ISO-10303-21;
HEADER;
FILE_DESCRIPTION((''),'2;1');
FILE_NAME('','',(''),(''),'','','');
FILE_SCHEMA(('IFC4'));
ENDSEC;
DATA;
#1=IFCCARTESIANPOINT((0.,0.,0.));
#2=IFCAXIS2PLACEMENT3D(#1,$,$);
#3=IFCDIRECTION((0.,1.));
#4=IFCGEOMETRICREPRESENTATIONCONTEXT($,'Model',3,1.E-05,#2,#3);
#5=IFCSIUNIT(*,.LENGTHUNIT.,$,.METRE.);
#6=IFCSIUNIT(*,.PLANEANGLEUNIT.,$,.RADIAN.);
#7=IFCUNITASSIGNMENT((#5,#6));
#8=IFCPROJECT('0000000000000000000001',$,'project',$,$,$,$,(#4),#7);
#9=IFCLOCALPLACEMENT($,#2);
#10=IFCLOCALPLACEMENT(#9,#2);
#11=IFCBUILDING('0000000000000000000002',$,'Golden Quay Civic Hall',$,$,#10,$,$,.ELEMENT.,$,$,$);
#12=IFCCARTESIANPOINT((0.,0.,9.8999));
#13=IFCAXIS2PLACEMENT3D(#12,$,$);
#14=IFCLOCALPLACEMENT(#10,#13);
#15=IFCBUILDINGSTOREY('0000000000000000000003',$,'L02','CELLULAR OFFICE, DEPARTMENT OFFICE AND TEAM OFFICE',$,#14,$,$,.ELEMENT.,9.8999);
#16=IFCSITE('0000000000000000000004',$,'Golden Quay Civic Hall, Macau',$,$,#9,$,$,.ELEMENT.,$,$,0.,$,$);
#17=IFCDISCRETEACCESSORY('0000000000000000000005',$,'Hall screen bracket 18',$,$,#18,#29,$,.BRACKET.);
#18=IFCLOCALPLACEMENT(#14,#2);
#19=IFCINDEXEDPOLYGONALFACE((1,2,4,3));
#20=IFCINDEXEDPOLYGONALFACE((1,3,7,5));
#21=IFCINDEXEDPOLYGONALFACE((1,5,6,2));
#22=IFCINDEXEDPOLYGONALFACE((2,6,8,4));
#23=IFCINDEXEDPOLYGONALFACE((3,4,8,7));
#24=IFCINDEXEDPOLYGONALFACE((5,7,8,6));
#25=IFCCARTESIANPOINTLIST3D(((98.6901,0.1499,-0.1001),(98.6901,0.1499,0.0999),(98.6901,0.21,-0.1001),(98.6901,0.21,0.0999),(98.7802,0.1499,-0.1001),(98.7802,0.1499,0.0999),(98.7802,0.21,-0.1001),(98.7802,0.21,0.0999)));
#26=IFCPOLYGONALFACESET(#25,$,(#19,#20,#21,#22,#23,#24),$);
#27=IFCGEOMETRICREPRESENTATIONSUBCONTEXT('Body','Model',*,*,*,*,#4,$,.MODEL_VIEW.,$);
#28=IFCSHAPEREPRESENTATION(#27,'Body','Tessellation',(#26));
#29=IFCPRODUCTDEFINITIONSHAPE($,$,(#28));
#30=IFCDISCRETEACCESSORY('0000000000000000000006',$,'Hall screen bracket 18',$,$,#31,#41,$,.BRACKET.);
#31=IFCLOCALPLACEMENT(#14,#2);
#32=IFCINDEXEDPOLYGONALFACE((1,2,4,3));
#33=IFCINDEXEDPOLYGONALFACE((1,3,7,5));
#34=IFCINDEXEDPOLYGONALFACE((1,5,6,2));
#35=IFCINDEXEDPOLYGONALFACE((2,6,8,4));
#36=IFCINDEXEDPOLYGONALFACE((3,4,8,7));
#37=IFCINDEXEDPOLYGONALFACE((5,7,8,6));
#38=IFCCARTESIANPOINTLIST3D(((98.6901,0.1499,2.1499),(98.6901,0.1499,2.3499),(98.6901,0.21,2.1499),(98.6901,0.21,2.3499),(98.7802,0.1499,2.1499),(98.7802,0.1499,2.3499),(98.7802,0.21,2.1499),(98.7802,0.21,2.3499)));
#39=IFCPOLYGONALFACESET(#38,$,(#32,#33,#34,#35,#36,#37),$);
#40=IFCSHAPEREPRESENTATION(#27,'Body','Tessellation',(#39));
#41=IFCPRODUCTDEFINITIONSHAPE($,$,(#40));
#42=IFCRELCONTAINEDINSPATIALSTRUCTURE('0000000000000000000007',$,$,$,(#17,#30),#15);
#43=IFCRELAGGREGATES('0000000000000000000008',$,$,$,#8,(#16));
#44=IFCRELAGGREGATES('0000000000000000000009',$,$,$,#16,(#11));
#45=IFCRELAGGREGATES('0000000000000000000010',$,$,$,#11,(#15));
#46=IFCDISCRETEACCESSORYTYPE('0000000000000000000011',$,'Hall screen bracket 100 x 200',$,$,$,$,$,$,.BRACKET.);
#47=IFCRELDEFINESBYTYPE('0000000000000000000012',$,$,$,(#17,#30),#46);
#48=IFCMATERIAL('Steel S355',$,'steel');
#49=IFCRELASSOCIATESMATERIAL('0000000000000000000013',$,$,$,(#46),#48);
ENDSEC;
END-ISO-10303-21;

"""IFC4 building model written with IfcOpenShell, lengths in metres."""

from ifc_helpers import new_model, si_unit, direction, frame, origin, origin_2d, place, context, subcontext, project, spatial, rectangle, extrude, material, type_object, element, save


model = new_model("IFC4")

# Units and contexts
model_context = context("Model", 3, precision=1e-05, world=origin(), true_north=direction((0.0, 1.0)))
body_context = subcontext(model_context, "Body", "Model", "MODEL_VIEW")
ifc_project = project(units=[si_unit("LENGTHUNIT", "METRE"), si_unit("PLANEANGLEUNIT", "RADIAN")], contexts=[model_context])

# Site, building, storey
site_placement = place(None, origin())
site = spatial("IfcSite", under=ifc_project, at=site_placement, Name="Golden Quay Civic Hall, Macau", CompositionType="ELEMENT", RefElevation=0.0)
building_placement = place(site_placement, origin())
building = spatial("IfcBuilding", under=site, at=building_placement, Name="Golden Quay Civic Hall", CompositionType="ELEMENT")
storey_placement = place(building_placement, frame((0.0, 0.0, 9.8999)))
storey = spatial("IfcBuildingStorey", under=building, at=storey_placement, Name="L02", Description="CELLULAR OFFICE, DEPARTMENT OFFICE AND TEAM OFFICE", CompositionType="ELEMENT", Elevation=9.8999)

# Discrete accessories
ifc_material_1 = material(Name="Steel S355", Category="steel")
discrete_accessory_type = type_object("IfcDiscreteAccessoryType", Name="Hall screen bracket 100 x 200", PredefinedType="BRACKET", material=ifc_material_1)
for number, where, z_axis, x_axis, name in (
    (1, (98.7351, 0.1799, -0.1001), (0.0, 0.0, 1.0), (1.0, 0.0, 0.0), "Hall screen bracket 18"),
    (2, (98.7351, 0.1799, 2.1499), (0.0, 0.0, 1.0), (1.0, 0.0, 0.0), "Hall screen bracket 18"),
):
    element("IfcDiscreteAccessory", number, at=place(storey_placement, frame(where, z_axis=z_axis, x_axis=x_axis)), inside=storey, type_object=discrete_accessory_type, Name=name, PredefinedType="BRACKET", context=body_context, shape_type="SweptSolid", body=[
        extrude(rectangle(XDim=0.0901, YDim=0.0601, at=origin_2d()), origin(), (0.0, 0.0, 1.0), 0.2),
    ])

save(model, "model.ifc")
